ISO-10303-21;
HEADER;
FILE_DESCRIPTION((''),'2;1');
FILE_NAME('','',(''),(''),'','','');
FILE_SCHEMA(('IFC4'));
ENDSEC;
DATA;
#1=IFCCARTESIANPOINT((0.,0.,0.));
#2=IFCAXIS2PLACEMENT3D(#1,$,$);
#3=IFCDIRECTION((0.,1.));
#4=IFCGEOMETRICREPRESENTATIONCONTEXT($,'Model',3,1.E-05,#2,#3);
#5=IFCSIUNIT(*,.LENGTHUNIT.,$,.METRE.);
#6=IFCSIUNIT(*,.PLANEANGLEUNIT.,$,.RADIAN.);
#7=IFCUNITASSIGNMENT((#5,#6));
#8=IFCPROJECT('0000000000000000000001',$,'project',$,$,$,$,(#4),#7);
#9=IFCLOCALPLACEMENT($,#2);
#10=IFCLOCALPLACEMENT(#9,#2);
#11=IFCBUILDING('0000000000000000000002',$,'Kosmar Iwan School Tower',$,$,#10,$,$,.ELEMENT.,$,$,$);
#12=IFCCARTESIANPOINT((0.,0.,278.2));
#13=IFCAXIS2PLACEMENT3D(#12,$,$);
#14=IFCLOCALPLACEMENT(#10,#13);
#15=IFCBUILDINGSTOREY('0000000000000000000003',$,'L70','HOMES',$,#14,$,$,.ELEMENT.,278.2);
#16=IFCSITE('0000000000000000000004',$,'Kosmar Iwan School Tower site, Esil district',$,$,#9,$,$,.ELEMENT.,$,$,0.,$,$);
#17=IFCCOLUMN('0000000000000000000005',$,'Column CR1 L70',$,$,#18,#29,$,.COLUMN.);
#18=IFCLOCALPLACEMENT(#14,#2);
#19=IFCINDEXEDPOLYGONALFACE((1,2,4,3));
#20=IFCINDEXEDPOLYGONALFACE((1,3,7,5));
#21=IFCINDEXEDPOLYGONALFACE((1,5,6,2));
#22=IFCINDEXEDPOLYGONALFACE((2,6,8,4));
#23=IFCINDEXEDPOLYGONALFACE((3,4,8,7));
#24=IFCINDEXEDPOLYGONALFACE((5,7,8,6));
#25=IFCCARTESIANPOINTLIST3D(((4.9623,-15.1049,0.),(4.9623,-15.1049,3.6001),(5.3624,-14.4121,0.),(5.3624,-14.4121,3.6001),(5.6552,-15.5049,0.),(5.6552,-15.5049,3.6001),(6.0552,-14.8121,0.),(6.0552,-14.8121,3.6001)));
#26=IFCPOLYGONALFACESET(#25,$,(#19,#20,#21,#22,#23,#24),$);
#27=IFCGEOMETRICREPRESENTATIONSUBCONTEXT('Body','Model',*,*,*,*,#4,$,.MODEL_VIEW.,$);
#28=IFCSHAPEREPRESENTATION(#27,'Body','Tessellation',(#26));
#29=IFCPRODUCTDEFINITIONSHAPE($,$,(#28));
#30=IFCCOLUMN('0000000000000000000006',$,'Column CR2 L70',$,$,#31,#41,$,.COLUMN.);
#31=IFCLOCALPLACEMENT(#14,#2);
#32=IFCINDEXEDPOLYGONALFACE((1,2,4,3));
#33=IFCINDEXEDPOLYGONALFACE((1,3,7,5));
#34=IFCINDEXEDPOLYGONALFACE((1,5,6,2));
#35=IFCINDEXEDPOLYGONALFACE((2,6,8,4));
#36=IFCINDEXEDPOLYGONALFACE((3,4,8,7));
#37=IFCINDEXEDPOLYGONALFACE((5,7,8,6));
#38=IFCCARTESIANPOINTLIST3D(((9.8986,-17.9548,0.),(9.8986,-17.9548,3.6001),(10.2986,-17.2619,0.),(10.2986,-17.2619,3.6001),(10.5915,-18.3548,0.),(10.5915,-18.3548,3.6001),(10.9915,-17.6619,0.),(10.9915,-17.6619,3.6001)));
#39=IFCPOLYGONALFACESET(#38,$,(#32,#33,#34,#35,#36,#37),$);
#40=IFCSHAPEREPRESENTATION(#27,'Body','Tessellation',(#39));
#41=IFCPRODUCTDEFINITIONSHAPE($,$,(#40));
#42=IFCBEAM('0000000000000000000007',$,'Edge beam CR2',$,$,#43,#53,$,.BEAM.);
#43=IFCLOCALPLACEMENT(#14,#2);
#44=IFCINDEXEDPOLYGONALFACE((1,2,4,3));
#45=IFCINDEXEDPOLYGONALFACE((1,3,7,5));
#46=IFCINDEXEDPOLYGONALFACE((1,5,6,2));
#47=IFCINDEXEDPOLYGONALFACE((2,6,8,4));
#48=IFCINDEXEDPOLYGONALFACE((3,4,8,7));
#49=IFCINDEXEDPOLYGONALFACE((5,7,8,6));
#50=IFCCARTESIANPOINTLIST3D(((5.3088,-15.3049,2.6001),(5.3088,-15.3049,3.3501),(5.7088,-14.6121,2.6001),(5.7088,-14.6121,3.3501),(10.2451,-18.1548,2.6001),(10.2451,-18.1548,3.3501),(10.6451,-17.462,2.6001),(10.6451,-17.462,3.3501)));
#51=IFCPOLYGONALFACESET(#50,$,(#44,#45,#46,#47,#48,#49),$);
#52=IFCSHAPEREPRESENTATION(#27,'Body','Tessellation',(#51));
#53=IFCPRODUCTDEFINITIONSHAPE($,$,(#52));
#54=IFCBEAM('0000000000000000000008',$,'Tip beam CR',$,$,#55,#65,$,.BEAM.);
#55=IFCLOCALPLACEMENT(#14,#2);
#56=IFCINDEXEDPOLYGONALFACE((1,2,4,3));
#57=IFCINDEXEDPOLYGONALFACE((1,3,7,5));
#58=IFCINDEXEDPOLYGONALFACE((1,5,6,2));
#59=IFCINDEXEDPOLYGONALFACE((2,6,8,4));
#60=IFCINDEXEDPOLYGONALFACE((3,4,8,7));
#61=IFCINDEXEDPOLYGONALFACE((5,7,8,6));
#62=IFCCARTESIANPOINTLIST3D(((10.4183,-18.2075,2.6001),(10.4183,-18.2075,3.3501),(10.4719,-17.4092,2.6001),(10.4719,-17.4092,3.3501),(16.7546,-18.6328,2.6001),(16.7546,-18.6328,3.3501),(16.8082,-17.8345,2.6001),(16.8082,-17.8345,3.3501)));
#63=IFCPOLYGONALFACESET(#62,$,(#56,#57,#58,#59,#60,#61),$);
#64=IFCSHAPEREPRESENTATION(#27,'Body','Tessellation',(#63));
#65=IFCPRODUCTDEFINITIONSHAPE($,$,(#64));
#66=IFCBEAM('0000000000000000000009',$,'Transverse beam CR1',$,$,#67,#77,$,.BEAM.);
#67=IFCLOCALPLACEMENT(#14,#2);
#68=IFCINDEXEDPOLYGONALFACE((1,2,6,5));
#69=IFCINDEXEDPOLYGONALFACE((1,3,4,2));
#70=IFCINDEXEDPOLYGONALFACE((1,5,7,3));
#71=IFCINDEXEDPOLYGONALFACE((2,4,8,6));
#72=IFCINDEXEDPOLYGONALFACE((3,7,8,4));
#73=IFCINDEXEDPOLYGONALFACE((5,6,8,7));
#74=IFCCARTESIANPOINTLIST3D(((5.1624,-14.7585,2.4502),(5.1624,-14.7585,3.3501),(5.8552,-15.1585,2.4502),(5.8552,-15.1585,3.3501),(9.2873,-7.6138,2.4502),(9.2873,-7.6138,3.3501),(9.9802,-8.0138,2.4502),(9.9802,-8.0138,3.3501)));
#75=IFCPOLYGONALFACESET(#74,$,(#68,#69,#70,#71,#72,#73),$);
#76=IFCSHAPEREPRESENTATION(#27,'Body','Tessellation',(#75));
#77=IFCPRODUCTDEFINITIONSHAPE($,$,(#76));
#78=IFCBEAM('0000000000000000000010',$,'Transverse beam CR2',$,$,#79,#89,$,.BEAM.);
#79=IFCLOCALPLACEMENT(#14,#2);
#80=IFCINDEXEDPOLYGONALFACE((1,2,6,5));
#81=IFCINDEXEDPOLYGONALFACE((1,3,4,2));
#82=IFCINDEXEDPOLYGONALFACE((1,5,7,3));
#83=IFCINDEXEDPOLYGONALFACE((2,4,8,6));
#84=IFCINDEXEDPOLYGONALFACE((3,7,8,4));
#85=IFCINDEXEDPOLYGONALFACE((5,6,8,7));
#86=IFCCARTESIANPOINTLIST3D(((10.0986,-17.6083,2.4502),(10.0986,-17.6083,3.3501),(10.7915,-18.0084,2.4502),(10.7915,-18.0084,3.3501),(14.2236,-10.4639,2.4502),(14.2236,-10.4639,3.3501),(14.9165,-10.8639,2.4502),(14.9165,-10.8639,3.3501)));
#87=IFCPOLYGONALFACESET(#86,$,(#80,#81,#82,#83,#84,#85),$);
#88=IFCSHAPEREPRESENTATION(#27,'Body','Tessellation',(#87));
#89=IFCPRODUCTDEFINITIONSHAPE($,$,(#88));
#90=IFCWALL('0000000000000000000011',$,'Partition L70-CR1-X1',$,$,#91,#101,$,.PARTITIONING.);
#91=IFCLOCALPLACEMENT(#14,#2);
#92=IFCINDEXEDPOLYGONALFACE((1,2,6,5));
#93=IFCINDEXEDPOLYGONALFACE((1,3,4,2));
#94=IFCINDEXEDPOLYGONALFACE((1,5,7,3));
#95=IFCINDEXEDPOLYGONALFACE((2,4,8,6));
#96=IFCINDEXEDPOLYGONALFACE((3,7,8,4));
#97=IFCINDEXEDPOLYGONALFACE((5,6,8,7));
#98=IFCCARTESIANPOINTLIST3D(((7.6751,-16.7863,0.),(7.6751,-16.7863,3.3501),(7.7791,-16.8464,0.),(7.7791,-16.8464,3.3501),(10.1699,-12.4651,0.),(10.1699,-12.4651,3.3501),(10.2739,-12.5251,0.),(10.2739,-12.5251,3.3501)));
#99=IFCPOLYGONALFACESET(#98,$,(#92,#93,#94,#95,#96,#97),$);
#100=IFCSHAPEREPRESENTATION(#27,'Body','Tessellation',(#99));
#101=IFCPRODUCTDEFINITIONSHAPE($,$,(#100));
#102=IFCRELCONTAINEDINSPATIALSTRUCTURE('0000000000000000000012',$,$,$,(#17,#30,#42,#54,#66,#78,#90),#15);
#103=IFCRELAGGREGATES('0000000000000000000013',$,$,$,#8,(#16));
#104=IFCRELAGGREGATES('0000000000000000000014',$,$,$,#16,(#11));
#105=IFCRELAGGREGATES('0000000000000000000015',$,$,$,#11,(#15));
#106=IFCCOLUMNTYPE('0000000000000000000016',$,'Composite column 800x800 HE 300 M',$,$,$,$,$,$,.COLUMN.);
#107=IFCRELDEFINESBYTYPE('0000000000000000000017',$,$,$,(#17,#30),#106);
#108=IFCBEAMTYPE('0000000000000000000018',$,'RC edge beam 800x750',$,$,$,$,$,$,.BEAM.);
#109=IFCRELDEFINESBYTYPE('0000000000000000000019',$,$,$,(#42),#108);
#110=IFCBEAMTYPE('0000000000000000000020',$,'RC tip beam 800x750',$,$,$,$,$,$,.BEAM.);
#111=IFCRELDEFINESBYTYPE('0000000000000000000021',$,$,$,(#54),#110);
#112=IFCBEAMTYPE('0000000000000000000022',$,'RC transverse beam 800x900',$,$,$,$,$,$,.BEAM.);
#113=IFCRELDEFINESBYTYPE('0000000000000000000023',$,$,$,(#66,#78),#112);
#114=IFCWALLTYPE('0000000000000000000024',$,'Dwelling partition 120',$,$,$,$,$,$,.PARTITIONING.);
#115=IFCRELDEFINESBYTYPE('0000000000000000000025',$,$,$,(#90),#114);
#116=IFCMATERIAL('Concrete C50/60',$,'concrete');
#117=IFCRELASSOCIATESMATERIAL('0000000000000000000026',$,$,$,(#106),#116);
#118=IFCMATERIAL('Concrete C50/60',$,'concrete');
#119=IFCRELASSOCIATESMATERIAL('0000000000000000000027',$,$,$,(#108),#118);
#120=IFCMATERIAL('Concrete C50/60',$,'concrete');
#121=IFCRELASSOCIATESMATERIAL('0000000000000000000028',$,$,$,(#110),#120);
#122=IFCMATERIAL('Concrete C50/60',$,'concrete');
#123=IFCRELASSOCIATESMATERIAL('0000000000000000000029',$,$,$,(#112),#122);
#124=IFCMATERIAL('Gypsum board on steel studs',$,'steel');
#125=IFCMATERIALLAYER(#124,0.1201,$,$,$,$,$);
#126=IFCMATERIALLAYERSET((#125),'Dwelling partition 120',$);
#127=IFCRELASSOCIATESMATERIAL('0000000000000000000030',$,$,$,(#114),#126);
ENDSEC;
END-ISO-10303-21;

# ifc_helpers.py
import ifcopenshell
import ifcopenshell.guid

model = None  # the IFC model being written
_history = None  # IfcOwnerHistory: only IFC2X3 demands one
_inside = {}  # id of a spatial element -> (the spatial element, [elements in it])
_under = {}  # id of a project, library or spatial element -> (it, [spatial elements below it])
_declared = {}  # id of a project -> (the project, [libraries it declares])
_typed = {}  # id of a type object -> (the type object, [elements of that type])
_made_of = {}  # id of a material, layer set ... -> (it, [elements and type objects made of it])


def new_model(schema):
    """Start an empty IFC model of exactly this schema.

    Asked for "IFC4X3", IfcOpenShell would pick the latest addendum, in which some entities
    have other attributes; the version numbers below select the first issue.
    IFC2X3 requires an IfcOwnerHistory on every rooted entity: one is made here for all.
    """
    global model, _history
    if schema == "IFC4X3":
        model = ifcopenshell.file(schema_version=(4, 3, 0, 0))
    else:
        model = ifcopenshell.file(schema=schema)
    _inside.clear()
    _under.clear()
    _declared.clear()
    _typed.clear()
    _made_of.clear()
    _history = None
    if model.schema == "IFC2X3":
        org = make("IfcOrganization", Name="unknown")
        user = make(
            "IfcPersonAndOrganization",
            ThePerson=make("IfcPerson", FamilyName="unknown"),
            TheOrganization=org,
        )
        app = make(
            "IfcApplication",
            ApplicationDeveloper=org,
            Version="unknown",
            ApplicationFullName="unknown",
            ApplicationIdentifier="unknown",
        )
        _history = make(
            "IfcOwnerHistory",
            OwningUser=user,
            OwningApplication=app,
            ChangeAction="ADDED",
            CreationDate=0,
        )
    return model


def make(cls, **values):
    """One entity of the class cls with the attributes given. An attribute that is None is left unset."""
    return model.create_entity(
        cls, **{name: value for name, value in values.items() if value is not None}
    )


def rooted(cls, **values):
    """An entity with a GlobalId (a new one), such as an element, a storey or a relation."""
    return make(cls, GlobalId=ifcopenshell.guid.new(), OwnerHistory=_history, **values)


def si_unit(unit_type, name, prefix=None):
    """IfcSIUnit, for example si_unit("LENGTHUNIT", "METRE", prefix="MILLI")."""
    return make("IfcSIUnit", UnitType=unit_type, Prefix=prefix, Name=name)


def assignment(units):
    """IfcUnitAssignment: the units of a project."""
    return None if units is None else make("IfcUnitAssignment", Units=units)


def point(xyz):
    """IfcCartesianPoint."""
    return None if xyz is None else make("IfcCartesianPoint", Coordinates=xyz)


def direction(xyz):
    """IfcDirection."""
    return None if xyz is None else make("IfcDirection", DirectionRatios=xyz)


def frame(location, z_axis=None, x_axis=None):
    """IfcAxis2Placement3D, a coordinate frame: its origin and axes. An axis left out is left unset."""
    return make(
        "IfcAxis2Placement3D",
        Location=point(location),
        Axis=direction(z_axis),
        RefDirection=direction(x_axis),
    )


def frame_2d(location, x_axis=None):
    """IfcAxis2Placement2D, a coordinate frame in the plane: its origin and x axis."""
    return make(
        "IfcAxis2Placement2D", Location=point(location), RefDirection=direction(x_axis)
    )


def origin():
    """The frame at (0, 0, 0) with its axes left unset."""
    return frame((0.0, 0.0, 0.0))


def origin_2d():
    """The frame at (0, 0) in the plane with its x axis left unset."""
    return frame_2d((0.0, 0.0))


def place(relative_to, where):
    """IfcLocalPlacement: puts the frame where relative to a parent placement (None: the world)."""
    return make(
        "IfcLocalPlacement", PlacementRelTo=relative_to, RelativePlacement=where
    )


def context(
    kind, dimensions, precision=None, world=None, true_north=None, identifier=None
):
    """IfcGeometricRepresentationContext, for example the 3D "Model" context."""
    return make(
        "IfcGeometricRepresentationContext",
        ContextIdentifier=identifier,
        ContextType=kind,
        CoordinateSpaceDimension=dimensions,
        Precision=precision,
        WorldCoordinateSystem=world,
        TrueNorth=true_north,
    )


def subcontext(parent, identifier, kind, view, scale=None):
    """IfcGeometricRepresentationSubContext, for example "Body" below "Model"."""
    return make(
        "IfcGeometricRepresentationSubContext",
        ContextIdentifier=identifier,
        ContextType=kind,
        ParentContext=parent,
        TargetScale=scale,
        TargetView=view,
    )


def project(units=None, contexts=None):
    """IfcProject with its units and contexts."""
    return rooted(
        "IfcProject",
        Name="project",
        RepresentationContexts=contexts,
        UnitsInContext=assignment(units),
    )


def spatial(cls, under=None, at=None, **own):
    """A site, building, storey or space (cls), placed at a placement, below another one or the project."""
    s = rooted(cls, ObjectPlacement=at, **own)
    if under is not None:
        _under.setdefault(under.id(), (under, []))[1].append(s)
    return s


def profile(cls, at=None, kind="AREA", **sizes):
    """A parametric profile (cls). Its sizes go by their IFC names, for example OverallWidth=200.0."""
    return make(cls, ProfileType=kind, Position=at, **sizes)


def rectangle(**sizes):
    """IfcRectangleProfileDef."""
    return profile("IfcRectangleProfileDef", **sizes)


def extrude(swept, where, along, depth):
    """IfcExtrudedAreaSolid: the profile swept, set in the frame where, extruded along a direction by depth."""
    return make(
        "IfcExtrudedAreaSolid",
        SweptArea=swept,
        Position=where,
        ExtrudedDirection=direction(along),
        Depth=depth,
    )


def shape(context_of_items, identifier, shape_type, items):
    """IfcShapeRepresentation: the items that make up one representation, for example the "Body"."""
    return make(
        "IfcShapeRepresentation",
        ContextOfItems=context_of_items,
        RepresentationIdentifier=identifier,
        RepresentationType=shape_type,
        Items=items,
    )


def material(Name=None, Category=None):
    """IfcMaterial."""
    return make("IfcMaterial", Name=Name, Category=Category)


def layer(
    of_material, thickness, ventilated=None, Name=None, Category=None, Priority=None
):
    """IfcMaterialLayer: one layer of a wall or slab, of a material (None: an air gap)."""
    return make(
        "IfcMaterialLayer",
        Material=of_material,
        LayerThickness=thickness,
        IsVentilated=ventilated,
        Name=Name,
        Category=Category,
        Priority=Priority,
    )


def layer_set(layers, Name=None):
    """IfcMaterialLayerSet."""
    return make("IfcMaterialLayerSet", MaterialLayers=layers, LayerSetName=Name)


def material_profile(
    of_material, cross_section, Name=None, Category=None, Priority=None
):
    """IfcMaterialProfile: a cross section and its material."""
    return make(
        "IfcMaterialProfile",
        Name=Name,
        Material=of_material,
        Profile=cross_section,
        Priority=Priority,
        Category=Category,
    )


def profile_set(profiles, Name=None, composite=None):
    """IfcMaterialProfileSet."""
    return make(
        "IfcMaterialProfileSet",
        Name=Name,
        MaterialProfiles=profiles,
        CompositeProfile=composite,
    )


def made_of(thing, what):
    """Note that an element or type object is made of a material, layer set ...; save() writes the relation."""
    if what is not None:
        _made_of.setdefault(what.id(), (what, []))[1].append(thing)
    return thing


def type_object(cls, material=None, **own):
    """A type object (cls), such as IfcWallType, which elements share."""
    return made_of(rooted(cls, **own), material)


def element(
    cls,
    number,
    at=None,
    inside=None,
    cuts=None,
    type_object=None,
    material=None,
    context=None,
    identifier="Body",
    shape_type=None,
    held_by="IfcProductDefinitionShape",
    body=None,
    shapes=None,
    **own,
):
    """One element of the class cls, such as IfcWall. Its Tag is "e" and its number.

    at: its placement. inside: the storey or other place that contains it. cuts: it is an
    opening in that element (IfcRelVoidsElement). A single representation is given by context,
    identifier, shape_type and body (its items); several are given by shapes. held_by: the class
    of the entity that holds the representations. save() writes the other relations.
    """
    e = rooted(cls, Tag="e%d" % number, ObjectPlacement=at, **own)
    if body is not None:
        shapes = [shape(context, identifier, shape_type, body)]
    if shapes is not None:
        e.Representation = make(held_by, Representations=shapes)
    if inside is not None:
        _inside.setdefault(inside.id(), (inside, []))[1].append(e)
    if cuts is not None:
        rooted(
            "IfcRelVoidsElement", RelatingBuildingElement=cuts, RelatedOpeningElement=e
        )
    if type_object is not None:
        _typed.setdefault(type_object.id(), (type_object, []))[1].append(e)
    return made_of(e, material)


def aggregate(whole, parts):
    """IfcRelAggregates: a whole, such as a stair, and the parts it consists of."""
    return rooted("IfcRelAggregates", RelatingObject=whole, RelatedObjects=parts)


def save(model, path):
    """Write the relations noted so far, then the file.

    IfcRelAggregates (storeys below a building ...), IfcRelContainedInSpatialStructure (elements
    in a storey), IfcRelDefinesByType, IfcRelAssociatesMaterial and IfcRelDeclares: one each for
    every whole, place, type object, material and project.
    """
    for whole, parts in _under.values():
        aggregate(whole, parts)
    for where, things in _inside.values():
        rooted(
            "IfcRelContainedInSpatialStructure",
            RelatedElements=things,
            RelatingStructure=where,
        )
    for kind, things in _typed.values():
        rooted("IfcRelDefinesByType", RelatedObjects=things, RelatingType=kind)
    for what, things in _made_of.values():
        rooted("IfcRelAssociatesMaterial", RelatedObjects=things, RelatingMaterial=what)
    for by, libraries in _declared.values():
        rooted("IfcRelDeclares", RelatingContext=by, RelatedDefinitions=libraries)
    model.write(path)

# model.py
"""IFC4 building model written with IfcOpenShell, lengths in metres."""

from ifc_helpers import new_model, si_unit, direction, frame, frame_2d, origin, origin_2d, place, context, subcontext, project, spatial, rectangle, extrude, material, layer, layer_set, material_profile, profile_set, type_object, element, save


model = new_model("IFC4")

# Units and contexts
model_context = context("Model", 3, precision=1e-05, world=origin(), true_north=direction((0.0, 1.0)))
body_context = subcontext(model_context, "Body", "Model", "MODEL_VIEW")
ifc_project = project(units=[si_unit("LENGTHUNIT", "METRE"), si_unit("PLANEANGLEUNIT", "RADIAN")], contexts=[model_context])

# Site, building, storey
site_placement = place(None, origin())
site = spatial("IfcSite", under=ifc_project, at=site_placement, Name="Kosmar Iwan School Tower site, Esil district", CompositionType="ELEMENT", RefElevation=0.0)
building_placement = place(site_placement, origin())
building = spatial("IfcBuilding", under=site, at=building_placement, Name="Kosmar Iwan School Tower", CompositionType="ELEMENT")
storey_placement = place(building_placement, frame((0.0, 0.0, 278.2)))
storey = spatial("IfcBuildingStorey", under=building, at=storey_placement, Name="L70", Description="HOMES", CompositionType="ELEMENT", Elevation=278.2)

# Columns
ifc_material_1 = material(Name="Concrete C50/60", Category="concrete")
ifc_material_profile_1 = material_profile(ifc_material_1, rectangle(XDim=0.8, YDim=0.8, at=origin_2d()), Name="RC 800x800 + HE 300 M")
ifc_profile_set_1 = profile_set([ifc_material_profile_1], Name="Concrete C50/60")
column_type = type_object("IfcColumnType", Name="Composite column 800x800 HE 300 M", PredefinedType="COLUMN", material=ifc_profile_set_1)
for number, where, z_axis, x_axis, name in (
    (1, (5.5088, -14.9585, 0.0), (0.0, 0.0, 1.0), (0.866025, -0.5, 0.0), "Column CR1 L70"),
    (2, (10.4451, -17.8083, 0.0), (0.0, 0.0, 1.0), (0.866025, -0.5, 0.0), "Column CR2 L70"),
):
    element("IfcColumn", number, at=place(storey_placement, frame(where, z_axis=z_axis, x_axis=x_axis)), inside=storey, type_object=column_type, Name=name, PredefinedType="COLUMN", context=body_context, shape_type="SweptSolid", body=[
        extrude(rectangle(XDim=0.8, YDim=0.8, at=origin_2d()), origin(), (0.0, 0.0, 1.0), 3.6001),
    ])

# Beams
ifc_material_2 = material(Name="Concrete C50/60", Category="concrete")
ifc_material_profile_2 = material_profile(ifc_material_2, rectangle(XDim=0.8, YDim=0.75, at=origin_2d()), Name="RC 800x750")
ifc_profile_set_2 = profile_set([ifc_material_profile_2], Name="Concrete C50/60")
beam_type_1 = type_object("IfcBeamType", Name="RC edge beam 800x750", PredefinedType="BEAM", material=ifc_profile_set_2)
beam_1_placement = place(storey_placement, frame((5.5088, -14.9585, 2.9751), z_axis=(0.866034, -0.499986, 0.0), x_axis=(0.499986, 0.866034, 0.0)))
element("IfcBeam", 3, at=beam_1_placement, inside=storey, type_object=beam_type_1, Name="Edge beam CR2", PredefinedType="BEAM", context=body_context, shape_type="SweptSolid", body=[
    extrude(rectangle(XDim=0.8, YDim=0.75, at=origin_2d()), origin(), (0.0, 0.0, 1.0), 5.7),
])
ifc_material_3 = material(Name="Concrete C50/60", Category="concrete")
ifc_material_profile_3 = material_profile(ifc_material_3, rectangle(XDim=0.8, YDim=0.75, at=origin_2d()), Name="RC 800x750")
ifc_profile_set_3 = profile_set([ifc_material_profile_3], Name="Concrete C50/60")
beam_type_2 = type_object("IfcBeamType", Name="RC tip beam 800x750", PredefinedType="BEAM", material=ifc_profile_set_3)
beam_2_placement = place(storey_placement, frame((10.4451, -17.8083, 2.9751), z_axis=(0.997755, -0.066968, 0.0), x_axis=(0.066968, 0.997755, 0.0)))
element("IfcBeam", 4, at=beam_2_placement, inside=storey, type_object=beam_type_2, Name="Tip beam CR", PredefinedType="BEAM", context=body_context, shape_type="SweptSolid", body=[
    extrude(rectangle(XDim=0.8, YDim=0.75, at=origin_2d()), origin(), (0.0, 0.0, 1.0), 6.3506),
])
ifc_material_4 = material(Name="Concrete C50/60", Category="concrete")
ifc_material_profile_4 = material_profile(ifc_material_4, rectangle(XDim=0.8, YDim=0.8999, at=origin_2d()), Name="RC 800x900")
ifc_profile_set_4 = profile_set([ifc_material_profile_4], Name="Concrete C50/60")
beam_type_3 = type_object("IfcBeamType", Name="RC transverse beam 800x900", PredefinedType="BEAM", material=ifc_profile_set_4)
beam_3_placement = place(storey_placement, frame((5.5088, -14.9585, 2.9001), z_axis=(0.499997, 0.866027, 0.0), x_axis=(-0.866027, 0.499997, 0.0)))
element("IfcBeam", 5, at=beam_3_placement, inside=storey, type_object=beam_type_3, Name="Transverse beam CR1", PredefinedType="BEAM", context=body_context, shape_type="SweptSolid", body=[
    extrude(rectangle(XDim=0.8, YDim=0.8999, at=origin_2d()), origin(), (0.0, 0.0, 1.0), 8.25),
])
beam_4_placement = place(storey_placement, frame((10.4451, -17.8083, 2.9001), z_axis=(0.500009, 0.86602, 0.0), x_axis=(-0.86602, 0.500009, 0.0)))
element("IfcBeam", 6, at=beam_4_placement, inside=storey, type_object=beam_type_3, Name="Transverse beam CR2", PredefinedType="BEAM", context=body_context, shape_type="SweptSolid", body=[
    extrude(rectangle(XDim=0.8, YDim=0.8999, at=origin_2d()), origin(), (0.0, 0.0, 1.0), 8.2498),
])

# Wall
ifc_material_5 = material(Name="Gypsum board on steel studs", Category="steel")
ifc_layer_1 = layer(ifc_material_5, 0.1201)
ifc_layer_set_1 = layer_set([ifc_layer_1], Name="Dwelling partition 120")
wall_type_1 = type_object("IfcWallType", Name="Dwelling partition 120", PredefinedType="PARTITIONING", material=ifc_layer_set_1)
wall_1_placement = place(storey_placement, frame((10.2219, -12.4951, 0.0), z_axis=(0.0, 0.0, 1.0), x_axis=(-0.499996, -0.866028, 0.0)))
element("IfcWall", 7, at=wall_1_placement, inside=storey, type_object=wall_type_1, Name="Partition L70-CR1-X1", PredefinedType="PARTITIONING", context=body_context, shape_type="SweptSolid", body=[
    extrude(rectangle(XDim=4.9897, YDim=0.1201, at=frame_2d((2.4949, 0.0))), origin(), (0.0, 0.0, 1.0), 3.3501),
])

save(model, "model.ifc")
